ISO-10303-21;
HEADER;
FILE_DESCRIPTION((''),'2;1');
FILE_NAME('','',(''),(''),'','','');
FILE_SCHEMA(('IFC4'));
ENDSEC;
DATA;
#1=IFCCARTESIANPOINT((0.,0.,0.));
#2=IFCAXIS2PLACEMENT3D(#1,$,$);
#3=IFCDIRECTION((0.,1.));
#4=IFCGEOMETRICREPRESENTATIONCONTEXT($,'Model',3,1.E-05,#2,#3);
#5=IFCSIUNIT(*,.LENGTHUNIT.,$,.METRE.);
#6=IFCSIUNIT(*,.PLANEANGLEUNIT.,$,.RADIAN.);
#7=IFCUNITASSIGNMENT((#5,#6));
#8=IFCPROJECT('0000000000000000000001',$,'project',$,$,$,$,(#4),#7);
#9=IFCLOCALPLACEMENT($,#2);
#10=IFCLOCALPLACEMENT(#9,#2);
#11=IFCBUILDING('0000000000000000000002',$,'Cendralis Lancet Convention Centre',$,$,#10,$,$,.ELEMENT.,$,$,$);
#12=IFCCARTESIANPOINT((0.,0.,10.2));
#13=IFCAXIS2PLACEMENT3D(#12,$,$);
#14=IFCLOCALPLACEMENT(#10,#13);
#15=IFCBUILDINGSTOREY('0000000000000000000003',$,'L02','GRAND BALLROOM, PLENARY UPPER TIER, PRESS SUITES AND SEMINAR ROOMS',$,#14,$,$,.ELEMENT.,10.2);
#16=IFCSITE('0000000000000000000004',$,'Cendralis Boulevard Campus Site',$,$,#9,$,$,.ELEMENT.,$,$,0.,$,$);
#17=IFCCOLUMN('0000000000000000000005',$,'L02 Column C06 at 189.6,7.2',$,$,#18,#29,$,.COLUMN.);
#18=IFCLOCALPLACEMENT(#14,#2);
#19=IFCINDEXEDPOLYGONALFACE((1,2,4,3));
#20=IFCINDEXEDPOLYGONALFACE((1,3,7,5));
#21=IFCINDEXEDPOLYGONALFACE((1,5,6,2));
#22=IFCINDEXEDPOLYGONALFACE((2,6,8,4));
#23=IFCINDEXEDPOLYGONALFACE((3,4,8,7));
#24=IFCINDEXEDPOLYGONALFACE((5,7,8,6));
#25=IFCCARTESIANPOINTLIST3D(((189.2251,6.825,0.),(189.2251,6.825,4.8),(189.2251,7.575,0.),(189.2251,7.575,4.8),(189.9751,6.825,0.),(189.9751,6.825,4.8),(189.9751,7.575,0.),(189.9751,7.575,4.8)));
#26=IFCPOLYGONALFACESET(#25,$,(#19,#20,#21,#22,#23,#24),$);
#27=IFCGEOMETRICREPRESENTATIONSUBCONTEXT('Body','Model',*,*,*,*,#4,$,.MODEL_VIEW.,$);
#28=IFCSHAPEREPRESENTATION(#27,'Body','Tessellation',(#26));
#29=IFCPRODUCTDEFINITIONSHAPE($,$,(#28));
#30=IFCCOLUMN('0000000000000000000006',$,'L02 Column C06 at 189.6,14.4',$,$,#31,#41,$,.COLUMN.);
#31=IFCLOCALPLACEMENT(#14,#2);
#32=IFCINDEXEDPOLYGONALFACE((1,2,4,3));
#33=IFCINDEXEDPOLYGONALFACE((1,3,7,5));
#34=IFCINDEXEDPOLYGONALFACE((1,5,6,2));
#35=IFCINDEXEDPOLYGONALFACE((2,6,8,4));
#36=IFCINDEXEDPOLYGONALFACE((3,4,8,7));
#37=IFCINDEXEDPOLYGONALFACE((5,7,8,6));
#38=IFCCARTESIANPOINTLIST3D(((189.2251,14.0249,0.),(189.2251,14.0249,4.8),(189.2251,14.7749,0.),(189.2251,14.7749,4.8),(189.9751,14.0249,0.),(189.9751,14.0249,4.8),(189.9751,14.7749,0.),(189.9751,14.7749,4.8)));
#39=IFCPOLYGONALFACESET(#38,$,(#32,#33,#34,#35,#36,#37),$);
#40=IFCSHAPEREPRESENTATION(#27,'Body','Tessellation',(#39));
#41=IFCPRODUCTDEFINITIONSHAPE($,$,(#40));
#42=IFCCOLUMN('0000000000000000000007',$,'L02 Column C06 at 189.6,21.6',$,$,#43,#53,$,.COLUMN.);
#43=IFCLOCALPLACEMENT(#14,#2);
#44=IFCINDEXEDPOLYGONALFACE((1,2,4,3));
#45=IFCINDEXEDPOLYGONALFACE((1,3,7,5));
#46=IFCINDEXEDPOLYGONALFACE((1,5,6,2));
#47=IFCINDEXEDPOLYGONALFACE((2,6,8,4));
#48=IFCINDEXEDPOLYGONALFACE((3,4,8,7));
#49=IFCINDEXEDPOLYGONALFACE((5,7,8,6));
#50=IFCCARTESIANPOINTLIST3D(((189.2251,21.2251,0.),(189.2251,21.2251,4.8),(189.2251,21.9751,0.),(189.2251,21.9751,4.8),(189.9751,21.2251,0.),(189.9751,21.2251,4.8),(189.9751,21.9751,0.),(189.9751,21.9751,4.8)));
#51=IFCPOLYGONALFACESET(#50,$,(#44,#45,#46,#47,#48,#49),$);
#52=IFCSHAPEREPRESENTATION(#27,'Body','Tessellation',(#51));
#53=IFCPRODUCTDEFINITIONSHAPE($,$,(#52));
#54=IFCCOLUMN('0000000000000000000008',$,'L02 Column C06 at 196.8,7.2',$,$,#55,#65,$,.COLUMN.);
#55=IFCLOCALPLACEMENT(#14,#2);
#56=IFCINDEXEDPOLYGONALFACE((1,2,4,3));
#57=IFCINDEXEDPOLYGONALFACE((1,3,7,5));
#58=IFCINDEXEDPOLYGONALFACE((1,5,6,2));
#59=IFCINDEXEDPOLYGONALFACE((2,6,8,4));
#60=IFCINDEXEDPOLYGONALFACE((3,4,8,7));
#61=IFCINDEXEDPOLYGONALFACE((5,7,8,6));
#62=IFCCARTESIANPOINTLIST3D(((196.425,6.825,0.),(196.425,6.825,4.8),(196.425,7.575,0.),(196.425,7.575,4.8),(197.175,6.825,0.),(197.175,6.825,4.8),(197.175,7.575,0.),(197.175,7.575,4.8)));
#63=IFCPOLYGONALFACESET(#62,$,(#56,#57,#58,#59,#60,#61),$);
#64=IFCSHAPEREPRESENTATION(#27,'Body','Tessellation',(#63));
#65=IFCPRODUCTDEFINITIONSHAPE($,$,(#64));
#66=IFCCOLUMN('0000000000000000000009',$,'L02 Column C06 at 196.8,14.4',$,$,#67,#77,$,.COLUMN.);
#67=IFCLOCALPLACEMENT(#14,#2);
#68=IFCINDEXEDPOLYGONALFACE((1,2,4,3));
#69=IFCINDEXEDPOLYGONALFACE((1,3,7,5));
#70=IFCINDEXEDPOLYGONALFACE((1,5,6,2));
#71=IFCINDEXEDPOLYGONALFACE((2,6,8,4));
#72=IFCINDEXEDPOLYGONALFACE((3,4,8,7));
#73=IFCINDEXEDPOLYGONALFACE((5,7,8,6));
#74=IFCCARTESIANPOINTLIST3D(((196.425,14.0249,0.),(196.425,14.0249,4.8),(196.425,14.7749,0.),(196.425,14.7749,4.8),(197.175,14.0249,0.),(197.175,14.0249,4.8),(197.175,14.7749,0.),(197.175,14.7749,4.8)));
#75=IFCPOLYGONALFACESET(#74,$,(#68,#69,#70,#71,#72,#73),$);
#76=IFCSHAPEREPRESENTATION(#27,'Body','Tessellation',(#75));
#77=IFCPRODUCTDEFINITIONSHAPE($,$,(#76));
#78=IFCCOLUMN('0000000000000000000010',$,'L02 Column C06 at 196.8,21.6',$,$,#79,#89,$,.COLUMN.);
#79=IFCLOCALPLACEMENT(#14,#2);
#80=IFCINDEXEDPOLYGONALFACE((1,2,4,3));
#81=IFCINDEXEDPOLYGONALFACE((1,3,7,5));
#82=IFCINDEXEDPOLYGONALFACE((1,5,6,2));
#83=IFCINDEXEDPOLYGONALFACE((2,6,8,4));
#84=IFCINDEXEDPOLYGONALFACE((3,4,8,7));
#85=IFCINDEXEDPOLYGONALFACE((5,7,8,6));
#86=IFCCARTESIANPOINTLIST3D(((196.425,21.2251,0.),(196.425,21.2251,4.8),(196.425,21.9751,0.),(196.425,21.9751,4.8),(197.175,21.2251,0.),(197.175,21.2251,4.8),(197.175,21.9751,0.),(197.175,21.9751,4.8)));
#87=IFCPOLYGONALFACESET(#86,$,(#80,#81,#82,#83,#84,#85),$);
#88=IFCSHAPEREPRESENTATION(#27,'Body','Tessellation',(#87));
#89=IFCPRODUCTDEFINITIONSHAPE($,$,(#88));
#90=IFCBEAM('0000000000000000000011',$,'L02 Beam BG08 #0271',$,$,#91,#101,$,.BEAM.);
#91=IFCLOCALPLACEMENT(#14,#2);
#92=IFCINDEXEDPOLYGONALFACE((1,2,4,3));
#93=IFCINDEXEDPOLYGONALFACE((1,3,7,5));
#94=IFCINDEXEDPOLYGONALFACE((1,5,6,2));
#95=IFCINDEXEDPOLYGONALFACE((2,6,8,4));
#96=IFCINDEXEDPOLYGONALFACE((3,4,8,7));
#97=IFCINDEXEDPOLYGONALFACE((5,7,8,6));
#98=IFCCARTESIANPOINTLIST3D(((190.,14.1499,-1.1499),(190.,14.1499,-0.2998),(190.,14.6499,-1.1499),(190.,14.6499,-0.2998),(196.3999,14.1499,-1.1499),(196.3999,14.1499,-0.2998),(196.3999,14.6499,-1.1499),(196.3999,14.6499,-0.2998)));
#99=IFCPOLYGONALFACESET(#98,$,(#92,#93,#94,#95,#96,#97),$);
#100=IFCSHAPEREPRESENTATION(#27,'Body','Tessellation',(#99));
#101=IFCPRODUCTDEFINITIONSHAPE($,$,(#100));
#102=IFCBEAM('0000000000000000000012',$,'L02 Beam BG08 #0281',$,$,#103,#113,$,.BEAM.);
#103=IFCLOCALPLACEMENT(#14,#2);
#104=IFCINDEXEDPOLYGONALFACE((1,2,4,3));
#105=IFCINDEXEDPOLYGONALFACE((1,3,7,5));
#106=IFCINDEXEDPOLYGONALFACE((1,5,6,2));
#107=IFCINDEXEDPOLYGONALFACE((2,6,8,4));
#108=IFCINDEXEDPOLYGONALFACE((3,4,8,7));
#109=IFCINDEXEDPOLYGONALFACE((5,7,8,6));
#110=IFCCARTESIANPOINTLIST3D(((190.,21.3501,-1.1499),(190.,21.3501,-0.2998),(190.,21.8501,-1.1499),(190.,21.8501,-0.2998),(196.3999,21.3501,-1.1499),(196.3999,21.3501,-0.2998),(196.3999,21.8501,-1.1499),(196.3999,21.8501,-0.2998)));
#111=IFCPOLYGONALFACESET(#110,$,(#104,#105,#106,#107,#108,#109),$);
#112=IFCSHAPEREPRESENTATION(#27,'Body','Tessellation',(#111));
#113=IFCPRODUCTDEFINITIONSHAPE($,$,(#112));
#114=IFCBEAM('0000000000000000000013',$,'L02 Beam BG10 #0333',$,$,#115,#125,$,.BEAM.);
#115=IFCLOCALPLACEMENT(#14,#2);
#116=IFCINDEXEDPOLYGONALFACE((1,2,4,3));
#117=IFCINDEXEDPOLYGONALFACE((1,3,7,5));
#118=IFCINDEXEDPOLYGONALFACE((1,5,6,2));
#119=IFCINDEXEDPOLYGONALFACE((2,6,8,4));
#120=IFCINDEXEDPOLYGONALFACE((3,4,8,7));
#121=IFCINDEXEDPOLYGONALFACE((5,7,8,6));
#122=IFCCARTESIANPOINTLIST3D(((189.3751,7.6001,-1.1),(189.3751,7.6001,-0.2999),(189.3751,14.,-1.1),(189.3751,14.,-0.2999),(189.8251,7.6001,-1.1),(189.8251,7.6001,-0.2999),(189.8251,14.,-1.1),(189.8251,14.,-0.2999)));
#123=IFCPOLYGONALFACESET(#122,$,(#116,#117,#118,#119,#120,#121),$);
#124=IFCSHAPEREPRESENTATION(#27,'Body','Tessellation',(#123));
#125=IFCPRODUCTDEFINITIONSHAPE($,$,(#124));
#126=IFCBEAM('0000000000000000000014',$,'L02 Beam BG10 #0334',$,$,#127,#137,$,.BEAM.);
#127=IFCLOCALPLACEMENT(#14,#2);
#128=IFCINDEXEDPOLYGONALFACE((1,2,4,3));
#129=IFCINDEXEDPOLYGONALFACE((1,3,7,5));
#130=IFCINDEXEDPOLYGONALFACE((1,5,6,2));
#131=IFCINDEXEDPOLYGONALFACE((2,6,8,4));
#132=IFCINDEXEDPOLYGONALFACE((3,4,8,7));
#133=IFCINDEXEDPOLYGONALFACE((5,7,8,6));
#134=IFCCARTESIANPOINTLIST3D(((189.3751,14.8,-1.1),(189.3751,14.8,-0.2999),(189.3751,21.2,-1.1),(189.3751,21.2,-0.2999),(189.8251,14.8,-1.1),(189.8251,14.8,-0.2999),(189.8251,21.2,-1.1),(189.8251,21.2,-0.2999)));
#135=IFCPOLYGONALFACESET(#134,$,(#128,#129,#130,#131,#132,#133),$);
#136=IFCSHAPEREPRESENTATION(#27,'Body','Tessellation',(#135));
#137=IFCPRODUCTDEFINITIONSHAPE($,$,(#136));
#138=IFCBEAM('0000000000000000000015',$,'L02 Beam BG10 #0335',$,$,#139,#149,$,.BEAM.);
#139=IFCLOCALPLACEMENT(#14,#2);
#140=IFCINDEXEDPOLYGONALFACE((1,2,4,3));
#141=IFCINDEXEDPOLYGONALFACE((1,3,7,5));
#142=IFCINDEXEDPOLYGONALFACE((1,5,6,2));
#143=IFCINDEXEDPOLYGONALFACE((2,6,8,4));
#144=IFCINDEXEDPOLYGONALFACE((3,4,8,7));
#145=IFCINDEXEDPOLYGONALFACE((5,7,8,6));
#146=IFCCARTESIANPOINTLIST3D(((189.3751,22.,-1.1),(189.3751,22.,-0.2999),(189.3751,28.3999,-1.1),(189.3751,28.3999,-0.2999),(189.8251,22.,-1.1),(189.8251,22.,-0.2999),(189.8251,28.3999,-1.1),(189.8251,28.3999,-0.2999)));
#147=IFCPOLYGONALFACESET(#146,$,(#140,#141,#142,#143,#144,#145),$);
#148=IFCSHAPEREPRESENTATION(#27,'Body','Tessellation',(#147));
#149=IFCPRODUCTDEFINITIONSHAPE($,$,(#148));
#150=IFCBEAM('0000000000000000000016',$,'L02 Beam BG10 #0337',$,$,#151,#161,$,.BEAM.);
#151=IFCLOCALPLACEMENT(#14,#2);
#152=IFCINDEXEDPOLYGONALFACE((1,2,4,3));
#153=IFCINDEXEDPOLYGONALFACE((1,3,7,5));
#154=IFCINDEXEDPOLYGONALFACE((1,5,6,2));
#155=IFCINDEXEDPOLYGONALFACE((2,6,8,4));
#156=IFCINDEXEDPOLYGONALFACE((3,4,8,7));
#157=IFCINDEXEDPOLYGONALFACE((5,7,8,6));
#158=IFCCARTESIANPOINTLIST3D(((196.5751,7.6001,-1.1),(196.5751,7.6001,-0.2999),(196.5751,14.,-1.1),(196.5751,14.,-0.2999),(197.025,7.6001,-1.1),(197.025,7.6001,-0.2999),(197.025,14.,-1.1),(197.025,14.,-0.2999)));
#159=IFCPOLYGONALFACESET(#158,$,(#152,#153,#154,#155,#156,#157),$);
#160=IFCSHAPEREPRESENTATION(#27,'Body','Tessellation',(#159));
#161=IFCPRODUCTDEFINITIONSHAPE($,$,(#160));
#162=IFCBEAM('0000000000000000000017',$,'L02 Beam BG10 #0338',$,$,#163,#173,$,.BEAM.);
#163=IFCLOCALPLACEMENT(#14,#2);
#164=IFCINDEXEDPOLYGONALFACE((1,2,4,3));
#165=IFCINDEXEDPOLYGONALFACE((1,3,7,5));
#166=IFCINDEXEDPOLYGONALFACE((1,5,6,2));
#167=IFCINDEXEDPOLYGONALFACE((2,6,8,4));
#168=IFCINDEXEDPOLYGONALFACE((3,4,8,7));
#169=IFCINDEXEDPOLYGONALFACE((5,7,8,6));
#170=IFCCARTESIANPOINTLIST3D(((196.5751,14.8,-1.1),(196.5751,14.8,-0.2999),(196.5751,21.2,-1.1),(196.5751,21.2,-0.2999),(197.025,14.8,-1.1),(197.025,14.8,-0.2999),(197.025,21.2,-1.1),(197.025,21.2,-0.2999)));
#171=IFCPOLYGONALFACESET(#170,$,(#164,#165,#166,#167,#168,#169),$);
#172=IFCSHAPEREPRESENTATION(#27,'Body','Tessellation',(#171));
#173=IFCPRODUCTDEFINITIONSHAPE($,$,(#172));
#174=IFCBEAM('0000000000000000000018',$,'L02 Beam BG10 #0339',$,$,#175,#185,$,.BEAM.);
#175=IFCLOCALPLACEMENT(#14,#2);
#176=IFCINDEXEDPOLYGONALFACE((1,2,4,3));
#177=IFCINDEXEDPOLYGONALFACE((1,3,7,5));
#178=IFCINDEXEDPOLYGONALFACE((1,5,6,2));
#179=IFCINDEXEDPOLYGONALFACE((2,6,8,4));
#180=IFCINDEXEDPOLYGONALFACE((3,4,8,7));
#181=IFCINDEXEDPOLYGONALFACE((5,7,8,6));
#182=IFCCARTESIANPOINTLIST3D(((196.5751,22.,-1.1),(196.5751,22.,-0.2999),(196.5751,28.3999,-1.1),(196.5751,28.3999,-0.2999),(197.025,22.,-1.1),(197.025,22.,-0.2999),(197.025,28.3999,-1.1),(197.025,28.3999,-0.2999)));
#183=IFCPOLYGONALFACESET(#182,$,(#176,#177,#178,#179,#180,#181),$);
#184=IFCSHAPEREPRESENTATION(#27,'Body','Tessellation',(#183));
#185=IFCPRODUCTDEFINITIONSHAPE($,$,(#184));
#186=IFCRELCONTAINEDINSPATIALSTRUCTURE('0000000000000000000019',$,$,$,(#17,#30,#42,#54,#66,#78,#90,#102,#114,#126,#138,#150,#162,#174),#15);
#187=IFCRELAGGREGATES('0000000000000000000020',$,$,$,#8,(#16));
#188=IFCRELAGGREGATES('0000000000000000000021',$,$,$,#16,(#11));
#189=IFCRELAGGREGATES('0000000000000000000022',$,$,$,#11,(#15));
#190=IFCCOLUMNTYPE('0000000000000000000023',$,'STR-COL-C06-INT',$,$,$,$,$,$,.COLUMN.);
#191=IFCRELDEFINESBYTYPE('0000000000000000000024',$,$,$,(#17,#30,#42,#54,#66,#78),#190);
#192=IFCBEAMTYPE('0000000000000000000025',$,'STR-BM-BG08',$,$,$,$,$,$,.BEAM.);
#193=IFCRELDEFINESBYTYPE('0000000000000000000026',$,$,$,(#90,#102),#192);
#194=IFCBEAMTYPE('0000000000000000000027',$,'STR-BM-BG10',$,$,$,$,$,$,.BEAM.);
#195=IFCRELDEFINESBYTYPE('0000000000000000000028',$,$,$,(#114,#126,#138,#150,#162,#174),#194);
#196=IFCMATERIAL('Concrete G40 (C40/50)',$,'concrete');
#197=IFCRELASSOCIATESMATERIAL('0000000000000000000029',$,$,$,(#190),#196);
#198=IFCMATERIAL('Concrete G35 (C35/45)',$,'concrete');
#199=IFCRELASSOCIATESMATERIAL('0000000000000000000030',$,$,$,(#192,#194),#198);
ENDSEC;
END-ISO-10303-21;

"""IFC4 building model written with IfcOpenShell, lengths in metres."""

from ifc_helpers import new_model, si_unit, direction, frame, origin, origin_2d, place, context, subcontext, project, spatial, rectangle, extrude, material, material_profile, profile_set, type_object, element, save


model = new_model("IFC4")

# Units and contexts
model_context = context("Model", 3, precision=1e-05, world=origin(), true_north=direction((0.0, 1.0)))
body_context = subcontext(model_context, "Body", "Model", "MODEL_VIEW")
ifc_project = project(units=[si_unit("LENGTHUNIT", "METRE"), si_unit("PLANEANGLEUNIT", "RADIAN")], contexts=[model_context])

# Site, building, storey
site_placement = place(None, origin())
site = spatial("IfcSite", under=ifc_project, at=site_placement, Name="Cendralis Boulevard Campus Site", CompositionType="ELEMENT", RefElevation=0.0)
building_placement = place(site_placement, origin())
building = spatial("IfcBuilding", under=site, at=building_placement, Name="Cendralis Lancet Convention Centre", CompositionType="ELEMENT")
storey_placement = place(building_placement, frame((0.0, 0.0, 10.2)))
storey = spatial("IfcBuildingStorey", under=building, at=storey_placement, Name="L02", Description="GRAND BALLROOM, PLENARY UPPER TIER, PRESS SUITES AND SEMINAR ROOMS", CompositionType="ELEMENT", Elevation=10.2)

# Columns
ifc_material_1 = material(Name="Concrete G40 (C40/50)", Category="concrete")
ifc_material_profile_1 = material_profile(ifc_material_1, rectangle(XDim=0.75, YDim=0.75, at=origin_2d()), Name="RC 750x750")
ifc_profile_set_1 = profile_set([ifc_material_profile_1], Name="Concrete G40 (C40/50)")
column_type = type_object("IfcColumnType", Name="STR-COL-C06-INT", PredefinedType="COLUMN", material=ifc_profile_set_1)
for number, where, z_axis, x_axis, name in (
    (1, (189.6001, 7.2, 0.0), (0.0, 0.0, 1.0), (1.0, 0.0, 0.0), "L02 Column C06 at 189.6,7.2"),
    (2, (189.6001, 14.3999, 0.0), (0.0, 0.0, 1.0), (1.0, 0.0, 0.0), "L02 Column C06 at 189.6,14.4"),
    (3, (189.6001, 21.6001, 0.0), (0.0, 0.0, 1.0), (1.0, 0.0, 0.0), "L02 Column C06 at 189.6,21.6"),
    (4, (196.8, 7.2, 0.0), (0.0, 0.0, 1.0), (1.0, 0.0, 0.0), "L02 Column C06 at 196.8,7.2"),
    (5, (196.8, 14.3999, 0.0), (0.0, 0.0, 1.0), (1.0, 0.0, 0.0), "L02 Column C06 at 196.8,14.4"),
    (6, (196.8, 21.6001, 0.0), (0.0, 0.0, 1.0), (1.0, 0.0, 0.0), "L02 Column C06 at 196.8,21.6"),
):
    element("IfcColumn", number, at=place(storey_placement, frame(where, z_axis=z_axis, x_axis=x_axis)), inside=storey, type_object=column_type, Name=name, PredefinedType="COLUMN", context=body_context, shape_type="SweptSolid", body=[
        extrude(rectangle(XDim=0.75, YDim=0.75, at=origin_2d()), origin(), (0.0, 0.0, 1.0), 4.8),
    ])

# Beams
ifc_material_2 = material(Name="Concrete G35 (C35/45)", Category="concrete")
ifc_material_profile_2 = material_profile(ifc_material_2, rectangle(XDim=0.5, YDim=0.8501, at=origin_2d()), Name="RCB 500x850")
ifc_profile_set_2 = profile_set([ifc_material_profile_2], Name="Concrete G35 (C35/45)")
beam_type_1 = type_object("IfcBeamType", Name="STR-BM-BG08", PredefinedType="BEAM", material=ifc_profile_set_2)
for number, where, z_axis, x_axis, name in (
    (7, (190.0, 14.3999, -0.7249), (1.0, 0.0, 0.0), (0.0, 1.0, 0.0), "L02 Beam BG08 #0271"),
    (8, (190.0, 21.6001, -0.7249), (1.0, 0.0, 0.0), (0.0, 1.0, 0.0), "L02 Beam BG08 #0281"),
):
    element("IfcBeam", number, at=place(storey_placement, frame(where, z_axis=z_axis, x_axis=x_axis)), inside=storey, type_object=beam_type_1, Name=name, PredefinedType="BEAM", context=body_context, shape_type="SweptSolid", body=[
        extrude(rectangle(XDim=0.5, YDim=0.8501, at=origin_2d()), origin(), (0.0, 0.0, 1.0), 6.3999),
    ])
ifc_material_profile_3 = material_profile(ifc_material_2, rectangle(XDim=0.45, YDim=0.8, at=origin_2d()), Name="RCB 450x800")
ifc_profile_set_3 = profile_set([ifc_material_profile_3], Name="Concrete G35 (C35/45)")
beam_type_2 = type_object("IfcBeamType", Name="STR-BM-BG10", PredefinedType="BEAM", material=ifc_profile_set_3)
for number, where, z_axis, x_axis, name in (
    (9, (189.6001, 7.6001, -0.7), (0.0, 1.0, 0.0), (-1.0, 0.0, 0.0), "L02 Beam BG10 #0333"),
    (10, (189.6001, 14.8, -0.7), (0.0, 1.0, 0.0), (-1.0, 0.0, 0.0), "L02 Beam BG10 #0334"),
    (11, (189.6001, 22.0, -0.7), (0.0, 1.0, 0.0), (-1.0, 0.0, 0.0), "L02 Beam BG10 #0335"),
    (12, (196.8, 7.6001, -0.7), (0.0, 1.0, 0.0), (-1.0, 0.0, 0.0), "L02 Beam BG10 #0337"),
    (13, (196.8, 14.8, -0.7), (0.0, 1.0, 0.0), (-1.0, 0.0, 0.0), "L02 Beam BG10 #0338"),
    (14, (196.8, 22.0, -0.7), (0.0, 1.0, 0.0), (-1.0, 0.0, 0.0), "L02 Beam BG10 #0339"),
):
    element("IfcBeam", number, at=place(storey_placement, frame(where, z_axis=z_axis, x_axis=x_axis)), inside=storey, type_object=beam_type_2, Name=name, PredefinedType="BEAM", context=body_context, shape_type="SweptSolid", body=[
        extrude(rectangle(XDim=0.45, YDim=0.8, at=origin_2d()), origin(), (0.0, 0.0, 1.0), 6.3999),
    ])

save(model, "model.ifc")
